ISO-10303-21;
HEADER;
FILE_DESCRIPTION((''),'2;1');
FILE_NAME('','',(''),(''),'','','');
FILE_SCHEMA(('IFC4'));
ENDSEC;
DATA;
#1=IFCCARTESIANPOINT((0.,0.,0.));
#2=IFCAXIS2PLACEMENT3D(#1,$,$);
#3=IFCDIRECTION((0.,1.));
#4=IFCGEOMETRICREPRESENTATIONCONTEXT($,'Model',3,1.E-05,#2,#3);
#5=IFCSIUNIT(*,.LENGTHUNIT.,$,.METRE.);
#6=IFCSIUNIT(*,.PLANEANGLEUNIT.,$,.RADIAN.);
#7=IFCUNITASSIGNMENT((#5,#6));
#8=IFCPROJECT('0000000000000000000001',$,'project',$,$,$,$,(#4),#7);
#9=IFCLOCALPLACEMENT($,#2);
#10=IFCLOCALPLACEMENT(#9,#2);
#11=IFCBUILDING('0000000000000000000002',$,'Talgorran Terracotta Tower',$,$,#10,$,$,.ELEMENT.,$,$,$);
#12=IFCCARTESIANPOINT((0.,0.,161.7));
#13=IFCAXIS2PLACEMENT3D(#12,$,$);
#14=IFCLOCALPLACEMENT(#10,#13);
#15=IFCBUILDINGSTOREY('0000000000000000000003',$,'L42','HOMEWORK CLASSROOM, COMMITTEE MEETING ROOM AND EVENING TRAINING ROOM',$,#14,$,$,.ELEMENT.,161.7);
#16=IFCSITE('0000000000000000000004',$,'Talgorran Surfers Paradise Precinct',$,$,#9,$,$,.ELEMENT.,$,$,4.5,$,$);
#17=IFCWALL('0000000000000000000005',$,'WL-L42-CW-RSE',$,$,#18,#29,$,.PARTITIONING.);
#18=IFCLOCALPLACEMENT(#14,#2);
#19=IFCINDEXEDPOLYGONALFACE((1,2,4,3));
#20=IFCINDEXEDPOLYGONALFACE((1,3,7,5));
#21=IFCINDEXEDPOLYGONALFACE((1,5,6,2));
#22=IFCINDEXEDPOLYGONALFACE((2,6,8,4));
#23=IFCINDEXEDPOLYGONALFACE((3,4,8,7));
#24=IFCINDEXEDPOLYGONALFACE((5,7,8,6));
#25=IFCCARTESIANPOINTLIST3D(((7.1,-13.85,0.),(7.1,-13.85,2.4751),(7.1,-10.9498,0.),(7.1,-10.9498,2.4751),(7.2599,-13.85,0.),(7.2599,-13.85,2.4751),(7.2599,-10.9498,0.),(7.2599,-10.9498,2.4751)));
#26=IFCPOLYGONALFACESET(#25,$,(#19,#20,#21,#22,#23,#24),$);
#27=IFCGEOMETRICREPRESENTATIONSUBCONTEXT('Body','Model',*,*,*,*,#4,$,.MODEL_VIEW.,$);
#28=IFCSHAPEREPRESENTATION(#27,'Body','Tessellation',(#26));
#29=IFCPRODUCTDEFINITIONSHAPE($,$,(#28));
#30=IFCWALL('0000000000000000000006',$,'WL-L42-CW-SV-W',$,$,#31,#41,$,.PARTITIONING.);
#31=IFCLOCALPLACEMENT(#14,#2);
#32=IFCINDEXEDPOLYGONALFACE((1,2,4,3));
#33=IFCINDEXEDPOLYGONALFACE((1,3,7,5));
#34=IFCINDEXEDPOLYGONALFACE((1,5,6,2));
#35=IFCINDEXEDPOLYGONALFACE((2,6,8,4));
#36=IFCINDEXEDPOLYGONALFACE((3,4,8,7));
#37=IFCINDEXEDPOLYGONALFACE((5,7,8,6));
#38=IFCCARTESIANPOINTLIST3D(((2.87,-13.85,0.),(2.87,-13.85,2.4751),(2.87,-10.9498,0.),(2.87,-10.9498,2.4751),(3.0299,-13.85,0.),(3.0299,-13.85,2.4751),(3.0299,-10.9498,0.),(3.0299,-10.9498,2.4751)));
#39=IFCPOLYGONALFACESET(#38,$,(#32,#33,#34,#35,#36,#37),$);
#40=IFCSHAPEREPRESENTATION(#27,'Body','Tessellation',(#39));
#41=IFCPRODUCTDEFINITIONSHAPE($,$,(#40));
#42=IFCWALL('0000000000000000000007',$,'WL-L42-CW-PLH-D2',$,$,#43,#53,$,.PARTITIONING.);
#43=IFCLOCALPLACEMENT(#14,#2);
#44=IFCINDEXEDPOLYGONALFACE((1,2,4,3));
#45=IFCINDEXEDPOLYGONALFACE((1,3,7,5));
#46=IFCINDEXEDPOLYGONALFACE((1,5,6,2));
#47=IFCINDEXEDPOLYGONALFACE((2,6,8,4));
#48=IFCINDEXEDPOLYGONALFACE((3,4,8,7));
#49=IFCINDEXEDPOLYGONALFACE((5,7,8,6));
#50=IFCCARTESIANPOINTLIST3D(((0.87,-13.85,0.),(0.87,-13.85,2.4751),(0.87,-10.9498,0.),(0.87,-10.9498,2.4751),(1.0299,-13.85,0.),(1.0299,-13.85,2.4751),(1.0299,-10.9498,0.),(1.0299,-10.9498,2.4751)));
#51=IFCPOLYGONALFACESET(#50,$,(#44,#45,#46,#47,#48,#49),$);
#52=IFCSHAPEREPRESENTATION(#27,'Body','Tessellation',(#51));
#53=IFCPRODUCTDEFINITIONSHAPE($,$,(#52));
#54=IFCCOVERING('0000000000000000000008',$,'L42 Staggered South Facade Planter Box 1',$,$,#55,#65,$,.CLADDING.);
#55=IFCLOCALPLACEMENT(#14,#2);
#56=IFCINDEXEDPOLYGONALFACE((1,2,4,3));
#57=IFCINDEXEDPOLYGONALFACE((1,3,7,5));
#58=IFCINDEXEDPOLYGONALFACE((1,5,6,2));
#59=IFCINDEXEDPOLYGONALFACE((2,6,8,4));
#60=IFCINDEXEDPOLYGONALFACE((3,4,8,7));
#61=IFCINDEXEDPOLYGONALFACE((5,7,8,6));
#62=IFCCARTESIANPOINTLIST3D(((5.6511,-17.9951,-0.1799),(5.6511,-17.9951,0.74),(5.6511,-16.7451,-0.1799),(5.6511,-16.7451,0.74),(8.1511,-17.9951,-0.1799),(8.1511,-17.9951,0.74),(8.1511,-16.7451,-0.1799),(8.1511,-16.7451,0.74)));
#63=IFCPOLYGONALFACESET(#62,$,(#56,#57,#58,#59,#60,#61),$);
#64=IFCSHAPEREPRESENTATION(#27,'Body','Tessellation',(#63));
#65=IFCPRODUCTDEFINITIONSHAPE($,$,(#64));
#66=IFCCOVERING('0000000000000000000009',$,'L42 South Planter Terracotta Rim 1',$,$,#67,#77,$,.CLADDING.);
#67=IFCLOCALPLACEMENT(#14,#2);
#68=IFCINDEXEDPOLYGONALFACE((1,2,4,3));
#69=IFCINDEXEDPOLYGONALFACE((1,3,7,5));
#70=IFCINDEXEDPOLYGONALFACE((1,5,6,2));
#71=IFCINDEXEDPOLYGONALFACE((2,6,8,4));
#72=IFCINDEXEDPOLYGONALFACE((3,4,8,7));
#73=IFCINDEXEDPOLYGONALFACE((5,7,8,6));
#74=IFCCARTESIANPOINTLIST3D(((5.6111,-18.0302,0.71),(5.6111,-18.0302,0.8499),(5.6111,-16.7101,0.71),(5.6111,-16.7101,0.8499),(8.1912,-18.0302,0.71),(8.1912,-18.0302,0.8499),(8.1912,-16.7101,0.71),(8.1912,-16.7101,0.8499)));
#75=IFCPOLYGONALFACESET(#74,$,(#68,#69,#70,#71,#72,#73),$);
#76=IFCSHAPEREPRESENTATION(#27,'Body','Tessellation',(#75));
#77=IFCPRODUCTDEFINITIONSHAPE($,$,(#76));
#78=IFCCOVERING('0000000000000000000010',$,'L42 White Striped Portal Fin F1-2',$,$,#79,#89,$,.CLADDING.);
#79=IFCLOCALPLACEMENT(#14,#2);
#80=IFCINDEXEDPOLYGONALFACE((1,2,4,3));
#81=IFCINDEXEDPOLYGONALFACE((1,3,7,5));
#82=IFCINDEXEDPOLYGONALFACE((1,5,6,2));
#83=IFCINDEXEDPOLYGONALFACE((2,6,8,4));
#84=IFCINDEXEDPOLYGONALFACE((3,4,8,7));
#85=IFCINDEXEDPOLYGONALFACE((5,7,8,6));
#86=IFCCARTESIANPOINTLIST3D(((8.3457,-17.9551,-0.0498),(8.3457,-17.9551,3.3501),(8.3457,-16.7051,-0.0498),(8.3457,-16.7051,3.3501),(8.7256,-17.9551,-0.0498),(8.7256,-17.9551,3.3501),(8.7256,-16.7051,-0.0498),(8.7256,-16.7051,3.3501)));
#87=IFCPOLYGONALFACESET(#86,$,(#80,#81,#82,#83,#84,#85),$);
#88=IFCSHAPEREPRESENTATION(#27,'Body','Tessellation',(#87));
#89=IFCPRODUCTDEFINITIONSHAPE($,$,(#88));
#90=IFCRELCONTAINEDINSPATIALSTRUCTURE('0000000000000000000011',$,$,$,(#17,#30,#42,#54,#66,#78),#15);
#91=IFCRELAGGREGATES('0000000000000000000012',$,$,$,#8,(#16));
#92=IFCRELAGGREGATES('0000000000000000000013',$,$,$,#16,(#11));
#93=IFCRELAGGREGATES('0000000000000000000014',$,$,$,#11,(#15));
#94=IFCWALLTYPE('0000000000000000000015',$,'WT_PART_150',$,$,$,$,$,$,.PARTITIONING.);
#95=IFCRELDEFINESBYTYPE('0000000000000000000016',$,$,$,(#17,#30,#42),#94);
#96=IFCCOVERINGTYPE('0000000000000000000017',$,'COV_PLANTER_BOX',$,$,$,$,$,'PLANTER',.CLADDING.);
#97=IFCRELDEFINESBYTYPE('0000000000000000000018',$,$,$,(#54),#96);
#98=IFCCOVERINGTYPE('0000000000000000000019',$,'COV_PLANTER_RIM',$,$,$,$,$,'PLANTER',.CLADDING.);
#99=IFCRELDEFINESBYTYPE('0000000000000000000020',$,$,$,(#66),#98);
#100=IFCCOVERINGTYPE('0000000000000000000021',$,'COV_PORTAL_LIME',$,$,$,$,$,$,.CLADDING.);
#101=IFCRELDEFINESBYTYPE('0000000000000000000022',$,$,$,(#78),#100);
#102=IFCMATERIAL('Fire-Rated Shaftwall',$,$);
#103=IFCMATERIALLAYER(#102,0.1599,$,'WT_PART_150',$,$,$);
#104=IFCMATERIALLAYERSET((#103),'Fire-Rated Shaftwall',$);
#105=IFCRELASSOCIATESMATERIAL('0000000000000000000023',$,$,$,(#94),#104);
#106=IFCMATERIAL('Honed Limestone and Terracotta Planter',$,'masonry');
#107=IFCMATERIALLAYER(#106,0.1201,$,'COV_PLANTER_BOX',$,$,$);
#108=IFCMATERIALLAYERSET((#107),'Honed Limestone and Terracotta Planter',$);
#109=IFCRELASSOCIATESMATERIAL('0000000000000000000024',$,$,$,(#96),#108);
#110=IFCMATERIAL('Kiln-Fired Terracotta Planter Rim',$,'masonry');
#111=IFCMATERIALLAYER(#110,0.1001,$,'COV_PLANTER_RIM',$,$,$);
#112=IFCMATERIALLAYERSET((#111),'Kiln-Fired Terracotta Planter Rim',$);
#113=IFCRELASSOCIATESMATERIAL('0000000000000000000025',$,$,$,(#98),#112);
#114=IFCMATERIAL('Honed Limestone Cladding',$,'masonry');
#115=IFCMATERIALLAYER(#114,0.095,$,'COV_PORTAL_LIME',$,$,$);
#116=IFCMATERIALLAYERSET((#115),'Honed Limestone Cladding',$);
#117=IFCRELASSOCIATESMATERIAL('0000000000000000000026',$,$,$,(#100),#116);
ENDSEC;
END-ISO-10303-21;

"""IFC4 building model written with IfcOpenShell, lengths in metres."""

from ifc_helpers import new_model, si_unit, direction, frame, frame_2d, origin, origin_2d, place, context, subcontext, project, spatial, rectangle, extrude, material, layer, layer_set, type_object, element, save


model = new_model("IFC4")

# Units and contexts
model_context = context("Model", 3, precision=1e-05, world=origin(), true_north=direction((0.0, 1.0)))
body_context = subcontext(model_context, "Body", "Model", "MODEL_VIEW")
ifc_project = project(units=[si_unit("LENGTHUNIT", "METRE"), si_unit("PLANEANGLEUNIT", "RADIAN")], contexts=[model_context])

# Site, building, storey
site_placement = place(None, origin())
site = spatial("IfcSite", under=ifc_project, at=site_placement, Name="Talgorran Surfers Paradise Precinct", CompositionType="ELEMENT", RefElevation=4.5)
building_placement = place(site_placement, origin())
building = spatial("IfcBuilding", under=site, at=building_placement, Name="Talgorran Terracotta Tower", CompositionType="ELEMENT")
storey_placement = place(building_placement, frame((0.0, 0.0, 161.7)))
storey = spatial("IfcBuildingStorey", under=building, at=storey_placement, Name="L42", Description="HOMEWORK CLASSROOM, COMMITTEE MEETING ROOM AND EVENING TRAINING ROOM", CompositionType="ELEMENT", Elevation=161.7)

# Walls
ifc_material_1 = material(Name="Fire-Rated Shaftwall")
ifc_layer_1 = layer(ifc_material_1, 0.1599, Name="WT_PART_150")
ifc_layer_set_1 = layer_set([ifc_layer_1], Name="Fire-Rated Shaftwall")
wall_type_1 = type_object("IfcWallType", Name="WT_PART_150", PredefinedType="PARTITIONING", material=ifc_layer_set_1)
for number, where, z_axis, x_axis, name in (
    (1, (7.1799, -13.8501, 0.0), (0.0, 0.0, 1.0), (0.0, 1.0, 0.0), "WL-L42-CW-RSE"),
    (2, (2.95, -13.8501, 0.0), (0.0, 0.0, 1.0), (0.0, 1.0, 0.0), "WL-L42-CW-SV-W"),
    (3, (0.95, -13.8501, 0.0), (0.0, 0.0, 1.0), (0.0, 1.0, 0.0), "WL-L42-CW-PLH-D2"),
):
    element("IfcWall", number, at=place(storey_placement, frame(where, z_axis=z_axis, x_axis=x_axis)), inside=storey, type_object=wall_type_1, Name=name, PredefinedType="PARTITIONING", context=body_context, shape_type="SweptSolid", body=[
        extrude(rectangle(XDim=2.9001, YDim=0.1599, at=frame_2d((1.4502, 0.0))), origin(), (0.0, 0.0, 1.0), 2.4751),
    ])

# Coverings
ifc_material_2 = material(Name="Honed Limestone and Terracotta Planter", Category="masonry")
ifc_layer_2 = layer(ifc_material_2, 0.1201, Name="COV_PLANTER_BOX")
ifc_layer_set_2 = layer_set([ifc_layer_2], Name="Honed Limestone and Terracotta Planter")
covering_type_1 = type_object("IfcCoveringType", Name="COV_PLANTER_BOX", ElementType="PLANTER", PredefinedType="CLADDING", material=ifc_layer_set_2)
covering_1_placement = place(storey_placement, frame((6.9011, -17.3701, -0.1799), z_axis=(0.0, 0.0, 1.0), x_axis=(1.0, 0.0, 0.0)))
element("IfcCovering", 4, at=covering_1_placement, inside=storey, type_object=covering_type_1, Name="L42 Staggered South Facade Planter Box 1", PredefinedType="CLADDING", context=body_context, shape_type="SweptSolid", body=[
    extrude(rectangle(XDim=2.5, YDim=1.25, at=origin_2d()), origin(), (0.0, 0.0, 1.0), 0.9199),
])
ifc_material_3 = material(Name="Kiln-Fired Terracotta Planter Rim", Category="masonry")
ifc_layer_3 = layer(ifc_material_3, 0.1001, Name="COV_PLANTER_RIM")
ifc_layer_set_3 = layer_set([ifc_layer_3], Name="Kiln-Fired Terracotta Planter Rim")
covering_type_2 = type_object("IfcCoveringType", Name="COV_PLANTER_RIM", ElementType="PLANTER", PredefinedType="CLADDING", material=ifc_layer_set_3)
covering_2_placement = place(storey_placement, frame((6.9011, -17.3701, 0.71), z_axis=(0.0, 0.0, 1.0), x_axis=(1.0, 0.0, 0.0)))
element("IfcCovering", 5, at=covering_2_placement, inside=storey, type_object=covering_type_2, Name="L42 South Planter Terracotta Rim 1", PredefinedType="CLADDING", context=body_context, shape_type="SweptSolid", body=[
    extrude(rectangle(XDim=2.5801, YDim=1.3201, at=origin_2d()), origin(), (0.0, 0.0, 1.0), 0.1399),
])
ifc_material_4 = material(Name="Honed Limestone Cladding", Category="masonry")
ifc_layer_4 = layer(ifc_material_4, 0.095, Name="COV_PORTAL_LIME")
ifc_layer_set_4 = layer_set([ifc_layer_4], Name="Honed Limestone Cladding")
covering_type_3 = type_object("IfcCoveringType", Name="COV_PORTAL_LIME", PredefinedType="CLADDING", material=ifc_layer_set_4)
covering_3_placement = place(storey_placement, frame((8.5356, -17.3301, -0.0498), z_axis=(0.0, 0.0, 1.0), x_axis=(1.0, 0.0, 0.0)))
element("IfcCovering", 6, at=covering_3_placement, inside=storey, type_object=covering_type_3, Name="L42 White Striped Portal Fin F1-2", PredefinedType="CLADDING", context=body_context, shape_type="SweptSolid", body=[
    extrude(rectangle(XDim=0.3799, YDim=1.25, at=origin_2d()), origin(), (0.0, 0.0, 1.0), 3.3999),
])

save(model, "model.ifc")
